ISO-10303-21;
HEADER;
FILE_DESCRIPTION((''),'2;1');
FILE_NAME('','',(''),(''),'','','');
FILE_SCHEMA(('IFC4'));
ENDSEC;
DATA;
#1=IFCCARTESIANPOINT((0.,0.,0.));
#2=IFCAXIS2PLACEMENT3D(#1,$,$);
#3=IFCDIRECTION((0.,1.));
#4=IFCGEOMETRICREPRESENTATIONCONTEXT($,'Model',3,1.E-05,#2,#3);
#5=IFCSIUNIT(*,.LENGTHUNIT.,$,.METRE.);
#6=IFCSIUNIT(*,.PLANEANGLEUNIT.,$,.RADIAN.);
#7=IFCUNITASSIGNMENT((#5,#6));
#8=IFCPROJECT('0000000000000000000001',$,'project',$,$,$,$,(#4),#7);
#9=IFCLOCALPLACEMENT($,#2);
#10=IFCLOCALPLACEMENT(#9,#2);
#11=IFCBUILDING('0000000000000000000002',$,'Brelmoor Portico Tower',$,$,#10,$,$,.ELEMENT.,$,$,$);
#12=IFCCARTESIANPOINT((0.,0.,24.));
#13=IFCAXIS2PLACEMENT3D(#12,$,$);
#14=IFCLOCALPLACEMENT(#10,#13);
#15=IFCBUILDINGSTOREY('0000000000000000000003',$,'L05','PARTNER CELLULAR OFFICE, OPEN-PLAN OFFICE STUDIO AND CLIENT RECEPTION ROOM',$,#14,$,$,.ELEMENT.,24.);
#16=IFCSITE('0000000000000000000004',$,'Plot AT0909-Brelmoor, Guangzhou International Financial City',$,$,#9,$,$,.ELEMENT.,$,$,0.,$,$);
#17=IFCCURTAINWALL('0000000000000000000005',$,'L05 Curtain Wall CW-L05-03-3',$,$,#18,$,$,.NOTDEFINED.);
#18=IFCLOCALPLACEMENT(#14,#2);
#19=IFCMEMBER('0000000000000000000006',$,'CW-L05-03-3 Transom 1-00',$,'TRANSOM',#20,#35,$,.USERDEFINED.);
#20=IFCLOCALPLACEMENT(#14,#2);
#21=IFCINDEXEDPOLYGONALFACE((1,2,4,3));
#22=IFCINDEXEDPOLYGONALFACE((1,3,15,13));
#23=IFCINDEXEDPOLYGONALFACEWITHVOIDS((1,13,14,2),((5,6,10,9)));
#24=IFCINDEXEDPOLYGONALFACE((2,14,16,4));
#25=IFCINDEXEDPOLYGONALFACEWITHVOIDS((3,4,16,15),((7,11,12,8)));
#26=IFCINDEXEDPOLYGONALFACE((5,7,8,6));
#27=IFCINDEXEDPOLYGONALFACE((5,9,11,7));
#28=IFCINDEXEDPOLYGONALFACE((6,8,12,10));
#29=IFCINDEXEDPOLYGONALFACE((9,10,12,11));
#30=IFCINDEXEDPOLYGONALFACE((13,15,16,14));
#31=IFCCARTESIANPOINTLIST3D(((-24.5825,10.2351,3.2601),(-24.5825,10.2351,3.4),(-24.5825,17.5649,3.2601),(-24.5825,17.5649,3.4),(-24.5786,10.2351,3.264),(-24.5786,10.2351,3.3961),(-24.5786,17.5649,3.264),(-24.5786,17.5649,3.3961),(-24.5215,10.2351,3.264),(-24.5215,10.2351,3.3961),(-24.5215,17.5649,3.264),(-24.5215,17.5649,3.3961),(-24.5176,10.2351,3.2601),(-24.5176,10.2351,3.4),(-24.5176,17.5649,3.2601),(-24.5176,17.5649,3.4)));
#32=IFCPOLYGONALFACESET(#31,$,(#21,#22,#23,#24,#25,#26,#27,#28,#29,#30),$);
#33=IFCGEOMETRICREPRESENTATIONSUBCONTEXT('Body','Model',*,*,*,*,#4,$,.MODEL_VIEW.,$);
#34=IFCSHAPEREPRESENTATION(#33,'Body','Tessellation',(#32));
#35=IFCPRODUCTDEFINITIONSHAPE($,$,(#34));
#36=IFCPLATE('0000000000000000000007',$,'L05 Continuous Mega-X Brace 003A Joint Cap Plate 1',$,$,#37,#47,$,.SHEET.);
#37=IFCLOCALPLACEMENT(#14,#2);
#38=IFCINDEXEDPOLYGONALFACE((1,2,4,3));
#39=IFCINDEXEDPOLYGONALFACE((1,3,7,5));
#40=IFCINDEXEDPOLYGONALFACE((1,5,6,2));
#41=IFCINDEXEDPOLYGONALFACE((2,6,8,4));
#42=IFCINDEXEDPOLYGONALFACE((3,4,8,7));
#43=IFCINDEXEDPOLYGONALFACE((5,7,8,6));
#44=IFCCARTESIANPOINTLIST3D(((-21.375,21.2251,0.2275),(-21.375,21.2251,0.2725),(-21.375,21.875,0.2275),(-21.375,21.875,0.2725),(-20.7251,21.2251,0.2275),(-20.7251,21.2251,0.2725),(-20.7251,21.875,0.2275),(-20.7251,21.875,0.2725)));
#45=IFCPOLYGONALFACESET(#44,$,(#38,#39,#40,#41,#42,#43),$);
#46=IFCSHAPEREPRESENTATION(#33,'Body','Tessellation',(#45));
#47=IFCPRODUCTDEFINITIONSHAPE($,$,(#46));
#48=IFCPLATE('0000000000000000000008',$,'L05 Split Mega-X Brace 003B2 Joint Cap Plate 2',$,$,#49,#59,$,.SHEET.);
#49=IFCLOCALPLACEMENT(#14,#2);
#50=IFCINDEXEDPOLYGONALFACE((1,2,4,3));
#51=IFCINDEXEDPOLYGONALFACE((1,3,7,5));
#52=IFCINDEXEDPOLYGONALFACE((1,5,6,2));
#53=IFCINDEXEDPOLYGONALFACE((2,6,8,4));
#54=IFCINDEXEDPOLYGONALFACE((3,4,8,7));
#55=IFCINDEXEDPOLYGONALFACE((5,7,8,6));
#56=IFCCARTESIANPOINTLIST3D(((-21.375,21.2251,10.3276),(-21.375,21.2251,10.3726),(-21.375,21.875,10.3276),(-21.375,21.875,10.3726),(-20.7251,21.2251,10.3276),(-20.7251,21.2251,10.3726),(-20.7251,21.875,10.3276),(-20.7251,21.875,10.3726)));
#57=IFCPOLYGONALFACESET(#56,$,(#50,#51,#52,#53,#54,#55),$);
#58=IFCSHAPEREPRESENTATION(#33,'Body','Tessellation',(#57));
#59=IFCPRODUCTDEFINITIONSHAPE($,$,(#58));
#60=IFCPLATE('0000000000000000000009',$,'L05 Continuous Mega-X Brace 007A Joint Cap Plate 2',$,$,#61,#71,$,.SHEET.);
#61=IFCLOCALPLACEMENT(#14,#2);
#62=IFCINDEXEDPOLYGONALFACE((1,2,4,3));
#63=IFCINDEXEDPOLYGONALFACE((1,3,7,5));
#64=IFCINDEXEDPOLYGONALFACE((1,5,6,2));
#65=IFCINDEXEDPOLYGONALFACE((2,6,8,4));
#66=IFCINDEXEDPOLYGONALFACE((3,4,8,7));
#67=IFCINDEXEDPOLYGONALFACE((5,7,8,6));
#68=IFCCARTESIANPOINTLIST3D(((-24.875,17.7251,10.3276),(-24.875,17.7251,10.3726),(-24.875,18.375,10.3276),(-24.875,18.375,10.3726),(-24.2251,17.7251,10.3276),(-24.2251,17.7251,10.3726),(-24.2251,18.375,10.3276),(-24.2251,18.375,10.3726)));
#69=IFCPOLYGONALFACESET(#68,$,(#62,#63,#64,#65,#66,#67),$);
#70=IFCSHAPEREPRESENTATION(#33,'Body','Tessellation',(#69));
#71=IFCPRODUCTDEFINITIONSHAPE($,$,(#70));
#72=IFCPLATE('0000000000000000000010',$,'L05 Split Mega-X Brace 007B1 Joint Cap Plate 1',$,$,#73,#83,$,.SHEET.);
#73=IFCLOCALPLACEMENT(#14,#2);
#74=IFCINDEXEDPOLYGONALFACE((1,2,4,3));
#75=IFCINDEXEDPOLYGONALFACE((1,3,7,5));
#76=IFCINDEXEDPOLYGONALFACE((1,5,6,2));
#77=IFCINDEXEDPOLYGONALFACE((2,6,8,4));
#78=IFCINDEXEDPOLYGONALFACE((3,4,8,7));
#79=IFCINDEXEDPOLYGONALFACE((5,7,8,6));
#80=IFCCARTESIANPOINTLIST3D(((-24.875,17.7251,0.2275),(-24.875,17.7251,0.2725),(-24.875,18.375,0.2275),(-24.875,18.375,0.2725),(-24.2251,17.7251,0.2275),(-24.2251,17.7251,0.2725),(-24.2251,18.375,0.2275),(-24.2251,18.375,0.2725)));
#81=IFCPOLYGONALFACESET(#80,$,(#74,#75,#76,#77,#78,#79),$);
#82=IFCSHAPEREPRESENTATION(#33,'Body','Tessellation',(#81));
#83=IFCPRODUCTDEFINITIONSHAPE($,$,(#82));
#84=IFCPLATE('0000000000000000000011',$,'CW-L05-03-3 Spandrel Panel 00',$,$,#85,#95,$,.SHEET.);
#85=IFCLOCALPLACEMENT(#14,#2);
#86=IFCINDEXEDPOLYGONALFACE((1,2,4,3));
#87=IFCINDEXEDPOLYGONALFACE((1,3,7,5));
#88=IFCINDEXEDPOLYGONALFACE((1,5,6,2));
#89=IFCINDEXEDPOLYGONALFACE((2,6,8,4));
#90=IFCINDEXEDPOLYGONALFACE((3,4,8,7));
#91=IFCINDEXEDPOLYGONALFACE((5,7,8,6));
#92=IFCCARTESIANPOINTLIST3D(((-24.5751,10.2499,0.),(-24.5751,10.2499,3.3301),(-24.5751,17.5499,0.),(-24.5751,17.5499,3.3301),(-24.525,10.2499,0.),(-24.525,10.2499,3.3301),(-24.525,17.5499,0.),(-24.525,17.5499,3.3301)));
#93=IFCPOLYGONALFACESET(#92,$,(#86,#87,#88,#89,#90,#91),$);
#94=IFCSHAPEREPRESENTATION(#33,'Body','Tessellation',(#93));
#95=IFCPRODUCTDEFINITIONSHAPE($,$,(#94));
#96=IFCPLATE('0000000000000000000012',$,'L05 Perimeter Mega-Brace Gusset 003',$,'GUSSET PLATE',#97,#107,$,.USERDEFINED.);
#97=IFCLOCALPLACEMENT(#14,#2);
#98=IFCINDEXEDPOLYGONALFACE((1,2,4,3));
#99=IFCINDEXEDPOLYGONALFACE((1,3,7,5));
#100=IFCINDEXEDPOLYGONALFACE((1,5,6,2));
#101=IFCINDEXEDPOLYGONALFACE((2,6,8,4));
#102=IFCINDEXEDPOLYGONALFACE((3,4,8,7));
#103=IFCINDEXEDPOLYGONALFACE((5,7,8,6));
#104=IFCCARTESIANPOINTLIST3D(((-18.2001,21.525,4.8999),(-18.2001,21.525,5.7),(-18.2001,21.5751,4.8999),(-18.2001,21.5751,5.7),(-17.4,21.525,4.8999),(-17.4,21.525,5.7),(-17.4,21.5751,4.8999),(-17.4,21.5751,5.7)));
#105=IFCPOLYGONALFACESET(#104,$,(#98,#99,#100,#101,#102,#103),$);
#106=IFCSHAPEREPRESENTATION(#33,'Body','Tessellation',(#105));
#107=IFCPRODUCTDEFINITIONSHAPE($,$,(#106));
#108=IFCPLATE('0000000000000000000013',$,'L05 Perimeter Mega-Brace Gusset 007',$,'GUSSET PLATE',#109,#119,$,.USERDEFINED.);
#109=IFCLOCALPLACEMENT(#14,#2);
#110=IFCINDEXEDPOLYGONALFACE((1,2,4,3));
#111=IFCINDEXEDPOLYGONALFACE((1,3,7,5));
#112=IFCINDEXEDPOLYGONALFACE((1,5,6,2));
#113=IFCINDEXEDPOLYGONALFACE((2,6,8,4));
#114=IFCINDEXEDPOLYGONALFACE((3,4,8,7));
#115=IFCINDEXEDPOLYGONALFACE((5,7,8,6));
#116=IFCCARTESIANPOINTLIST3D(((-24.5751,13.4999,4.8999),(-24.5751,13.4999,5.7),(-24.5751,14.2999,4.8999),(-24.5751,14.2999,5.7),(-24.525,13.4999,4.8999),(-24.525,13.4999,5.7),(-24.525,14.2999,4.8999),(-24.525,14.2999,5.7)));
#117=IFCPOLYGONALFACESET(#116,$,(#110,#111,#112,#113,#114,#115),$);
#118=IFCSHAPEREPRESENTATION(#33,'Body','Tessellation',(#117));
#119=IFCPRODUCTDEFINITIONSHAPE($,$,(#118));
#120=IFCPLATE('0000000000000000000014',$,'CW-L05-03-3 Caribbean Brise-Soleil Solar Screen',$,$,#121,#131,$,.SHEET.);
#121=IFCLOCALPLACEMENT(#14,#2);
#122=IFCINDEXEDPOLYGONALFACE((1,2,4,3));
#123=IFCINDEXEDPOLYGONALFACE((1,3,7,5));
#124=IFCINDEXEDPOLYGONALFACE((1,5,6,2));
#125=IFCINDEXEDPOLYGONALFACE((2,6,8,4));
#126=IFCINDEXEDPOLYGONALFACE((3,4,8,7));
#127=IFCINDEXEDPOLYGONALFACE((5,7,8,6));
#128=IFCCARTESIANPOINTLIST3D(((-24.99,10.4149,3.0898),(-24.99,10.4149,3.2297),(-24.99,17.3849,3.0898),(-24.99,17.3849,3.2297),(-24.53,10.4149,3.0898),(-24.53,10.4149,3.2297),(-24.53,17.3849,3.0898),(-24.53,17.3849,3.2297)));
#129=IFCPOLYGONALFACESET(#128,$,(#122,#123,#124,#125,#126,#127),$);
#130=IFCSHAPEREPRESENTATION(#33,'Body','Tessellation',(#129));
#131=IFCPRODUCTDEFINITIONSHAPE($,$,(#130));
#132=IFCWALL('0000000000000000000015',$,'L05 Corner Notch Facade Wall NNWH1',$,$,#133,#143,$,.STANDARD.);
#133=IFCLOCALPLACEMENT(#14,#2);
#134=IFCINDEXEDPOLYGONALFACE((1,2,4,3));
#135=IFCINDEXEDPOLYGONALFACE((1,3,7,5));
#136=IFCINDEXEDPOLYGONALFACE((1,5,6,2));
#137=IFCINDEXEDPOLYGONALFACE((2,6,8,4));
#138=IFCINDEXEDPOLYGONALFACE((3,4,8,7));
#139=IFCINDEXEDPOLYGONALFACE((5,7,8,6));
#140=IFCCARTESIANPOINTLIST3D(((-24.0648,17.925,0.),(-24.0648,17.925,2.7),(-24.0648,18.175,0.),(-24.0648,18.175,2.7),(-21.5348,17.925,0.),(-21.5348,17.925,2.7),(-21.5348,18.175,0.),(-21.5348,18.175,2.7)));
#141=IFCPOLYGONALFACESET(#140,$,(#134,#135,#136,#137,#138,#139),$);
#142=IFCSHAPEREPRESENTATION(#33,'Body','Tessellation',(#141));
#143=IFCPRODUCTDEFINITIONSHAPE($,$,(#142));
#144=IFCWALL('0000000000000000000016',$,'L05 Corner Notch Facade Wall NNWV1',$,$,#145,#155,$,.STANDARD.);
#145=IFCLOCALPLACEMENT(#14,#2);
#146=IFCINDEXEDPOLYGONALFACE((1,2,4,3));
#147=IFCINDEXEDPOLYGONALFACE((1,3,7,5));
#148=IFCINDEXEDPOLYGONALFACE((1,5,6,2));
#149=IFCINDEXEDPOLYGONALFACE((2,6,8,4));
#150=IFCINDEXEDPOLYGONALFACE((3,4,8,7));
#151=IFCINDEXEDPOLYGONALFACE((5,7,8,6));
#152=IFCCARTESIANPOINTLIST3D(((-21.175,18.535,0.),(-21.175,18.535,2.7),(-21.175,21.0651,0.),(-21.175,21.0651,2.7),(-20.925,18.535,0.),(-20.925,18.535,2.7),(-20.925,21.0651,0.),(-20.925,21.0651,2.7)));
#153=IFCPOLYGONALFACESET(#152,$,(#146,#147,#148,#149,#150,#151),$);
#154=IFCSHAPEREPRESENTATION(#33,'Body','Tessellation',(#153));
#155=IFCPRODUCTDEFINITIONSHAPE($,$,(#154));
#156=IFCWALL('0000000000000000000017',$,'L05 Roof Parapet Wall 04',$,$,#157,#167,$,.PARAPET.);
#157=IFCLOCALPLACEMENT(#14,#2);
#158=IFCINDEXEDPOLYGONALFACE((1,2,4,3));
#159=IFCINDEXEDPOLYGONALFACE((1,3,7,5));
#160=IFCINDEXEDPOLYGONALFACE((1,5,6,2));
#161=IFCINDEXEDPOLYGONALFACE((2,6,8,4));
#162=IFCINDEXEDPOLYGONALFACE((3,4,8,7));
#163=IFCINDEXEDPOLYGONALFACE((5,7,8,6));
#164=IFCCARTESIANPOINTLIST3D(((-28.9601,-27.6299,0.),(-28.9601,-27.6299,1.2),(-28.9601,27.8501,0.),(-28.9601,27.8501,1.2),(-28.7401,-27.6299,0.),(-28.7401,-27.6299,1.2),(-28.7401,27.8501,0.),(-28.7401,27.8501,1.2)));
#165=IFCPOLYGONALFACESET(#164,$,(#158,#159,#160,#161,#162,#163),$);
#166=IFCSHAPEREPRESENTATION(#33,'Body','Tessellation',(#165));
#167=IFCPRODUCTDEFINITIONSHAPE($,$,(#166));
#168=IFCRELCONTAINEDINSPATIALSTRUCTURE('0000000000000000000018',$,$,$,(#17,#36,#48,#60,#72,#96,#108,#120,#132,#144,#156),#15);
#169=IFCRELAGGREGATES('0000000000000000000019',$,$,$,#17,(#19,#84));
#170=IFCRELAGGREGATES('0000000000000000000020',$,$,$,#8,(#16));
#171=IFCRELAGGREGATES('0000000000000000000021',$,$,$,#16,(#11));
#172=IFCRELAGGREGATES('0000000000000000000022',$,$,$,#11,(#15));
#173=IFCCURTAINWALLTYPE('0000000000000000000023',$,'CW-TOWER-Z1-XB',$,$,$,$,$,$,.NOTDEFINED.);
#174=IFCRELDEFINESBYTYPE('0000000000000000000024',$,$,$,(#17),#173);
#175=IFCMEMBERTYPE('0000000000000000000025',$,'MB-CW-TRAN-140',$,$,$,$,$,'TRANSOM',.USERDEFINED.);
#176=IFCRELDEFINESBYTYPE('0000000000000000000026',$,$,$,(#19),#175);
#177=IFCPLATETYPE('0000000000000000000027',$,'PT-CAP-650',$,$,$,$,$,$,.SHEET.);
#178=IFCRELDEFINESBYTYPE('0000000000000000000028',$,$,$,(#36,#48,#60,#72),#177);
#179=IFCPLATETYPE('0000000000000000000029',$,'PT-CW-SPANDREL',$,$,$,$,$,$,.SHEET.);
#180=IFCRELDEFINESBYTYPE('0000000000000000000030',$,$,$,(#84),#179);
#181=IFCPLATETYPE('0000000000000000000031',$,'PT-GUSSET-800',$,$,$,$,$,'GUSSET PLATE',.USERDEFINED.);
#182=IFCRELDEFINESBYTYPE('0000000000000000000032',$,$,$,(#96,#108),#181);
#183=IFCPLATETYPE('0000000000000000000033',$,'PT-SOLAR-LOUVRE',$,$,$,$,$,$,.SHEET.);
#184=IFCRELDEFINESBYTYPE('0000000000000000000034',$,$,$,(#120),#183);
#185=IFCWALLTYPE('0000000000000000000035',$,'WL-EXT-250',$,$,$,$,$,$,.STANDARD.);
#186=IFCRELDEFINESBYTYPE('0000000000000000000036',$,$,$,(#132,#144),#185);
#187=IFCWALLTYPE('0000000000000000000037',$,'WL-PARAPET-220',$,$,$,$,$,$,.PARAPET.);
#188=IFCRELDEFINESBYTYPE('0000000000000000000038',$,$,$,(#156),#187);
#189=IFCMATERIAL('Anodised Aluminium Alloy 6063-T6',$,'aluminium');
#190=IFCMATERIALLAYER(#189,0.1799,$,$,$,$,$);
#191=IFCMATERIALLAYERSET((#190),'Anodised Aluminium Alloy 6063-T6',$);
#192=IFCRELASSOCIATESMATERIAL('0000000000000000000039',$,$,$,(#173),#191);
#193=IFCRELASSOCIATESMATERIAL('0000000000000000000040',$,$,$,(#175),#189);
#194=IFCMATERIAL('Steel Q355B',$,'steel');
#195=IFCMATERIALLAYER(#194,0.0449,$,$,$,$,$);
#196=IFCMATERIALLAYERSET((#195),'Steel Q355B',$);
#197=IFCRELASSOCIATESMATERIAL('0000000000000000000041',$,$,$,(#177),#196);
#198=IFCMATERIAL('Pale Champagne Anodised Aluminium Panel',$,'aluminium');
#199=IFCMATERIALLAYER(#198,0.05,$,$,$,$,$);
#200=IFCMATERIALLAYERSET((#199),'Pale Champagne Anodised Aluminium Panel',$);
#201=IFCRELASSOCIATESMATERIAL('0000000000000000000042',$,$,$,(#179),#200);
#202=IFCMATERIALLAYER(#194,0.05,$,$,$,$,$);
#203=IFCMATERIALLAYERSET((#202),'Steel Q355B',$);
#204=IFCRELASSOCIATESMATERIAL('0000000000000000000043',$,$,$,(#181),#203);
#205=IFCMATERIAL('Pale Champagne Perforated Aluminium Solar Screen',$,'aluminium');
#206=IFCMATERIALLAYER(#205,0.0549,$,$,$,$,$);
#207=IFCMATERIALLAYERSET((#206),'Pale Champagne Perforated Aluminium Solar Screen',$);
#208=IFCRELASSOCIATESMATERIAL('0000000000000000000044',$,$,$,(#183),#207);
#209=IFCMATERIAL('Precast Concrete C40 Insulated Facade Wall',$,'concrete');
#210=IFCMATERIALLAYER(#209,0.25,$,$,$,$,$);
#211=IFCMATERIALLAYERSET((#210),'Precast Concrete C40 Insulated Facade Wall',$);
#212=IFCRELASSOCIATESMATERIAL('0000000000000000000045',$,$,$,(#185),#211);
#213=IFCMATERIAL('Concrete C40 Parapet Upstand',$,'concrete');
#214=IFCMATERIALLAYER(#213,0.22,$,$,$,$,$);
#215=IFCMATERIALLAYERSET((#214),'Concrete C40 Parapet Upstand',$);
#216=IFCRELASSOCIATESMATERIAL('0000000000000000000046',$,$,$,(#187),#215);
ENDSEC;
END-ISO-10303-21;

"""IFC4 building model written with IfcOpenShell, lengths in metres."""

from ifc_helpers import new_model, si_unit, direction, frame, frame_2d, origin, origin_2d, place, context, subcontext, project, spatial, rectangle, hollow_rectangle, extrude, material, layer, layer_set, material_profile, profile_set, type_object, element, aggregate, save


model = new_model("IFC4")

# Units and contexts
model_context = context("Model", 3, precision=1e-05, world=origin(), true_north=direction((0.0, 1.0)))
body_context = subcontext(model_context, "Body", "Model", "MODEL_VIEW")
ifc_project = project(units=[si_unit("LENGTHUNIT", "METRE"), si_unit("PLANEANGLEUNIT", "RADIAN")], contexts=[model_context])

# Site, building, storey
site_placement = place(None, origin())
site = spatial("IfcSite", under=ifc_project, at=site_placement, Name="Plot AT0909-Brelmoor, Guangzhou International Financial City", CompositionType="ELEMENT", RefElevation=0.0)
building_placement = place(site_placement, origin())
building = spatial("IfcBuilding", under=site, at=building_placement, Name="Brelmoor Portico Tower", CompositionType="ELEMENT")
storey_placement = place(building_placement, frame((0.0, 0.0, 24.0)))
storey = spatial("IfcBuildingStorey", under=building, at=storey_placement, Name="L05", Description="PARTNER CELLULAR OFFICE, OPEN-PLAN OFFICE STUDIO AND CLIENT RECEPTION ROOM", CompositionType="ELEMENT", Elevation=24.0)

# Shared definitions
ifc_material_1 = material(Name="Steel Q355B", Category="steel")

# Shared definitions
ifc_material_2 = material(Name="Anodised Aluminium Alloy 6063-T6", Category="aluminium")
ifc_layer_1 = layer(ifc_material_2, 0.1799)
ifc_layer_set_1 = layer_set([ifc_layer_1], Name="Anodised Aluminium Alloy 6063-T6")
curtain_wall_type = type_object("IfcCurtainWallType", Name="CW-TOWER-Z1-XB", PredefinedType="NOTDEFINED", material=ifc_layer_set_1)

# Curtain wall
curtain_wall_1_placement = place(storey_placement, origin())
curtain_wall_1 = element("IfcCurtainWall", 1, at=curtain_wall_1_placement, inside=storey, type_object=curtain_wall_type, Name="L05 Curtain Wall CW-L05-03-3", PredefinedType="NOTDEFINED")

# Member
ifc_material_profile_1 = material_profile(ifc_material_2, hollow_rectangle(XDim=0.0649, YDim=0.1399, WallThickness=0.0039, at=origin_2d()), Name="ALU TRANSOM 65x140")
ifc_profile_set_1 = profile_set([ifc_material_profile_1], Name="Anodised Aluminium Alloy 6063-T6")
member_type_1 = type_object("IfcMemberType", Name="MB-CW-TRAN-140", ElementType="TRANSOM", PredefinedType="USERDEFINED", material=ifc_profile_set_1)
member_1_placement = place(storey_placement, frame((-24.55, 10.2351, 3.3301), z_axis=(0.0, 1.0, 0.0), x_axis=(-1.0, 0.0, 0.0)))
member_1 = element("IfcMember", 2, at=member_1_placement, type_object=member_type_1, Name="CW-L05-03-3 Transom 1-00", ObjectType="TRANSOM", PredefinedType="USERDEFINED", context=body_context, shape_type="SweptSolid", body=[
    extrude(hollow_rectangle(XDim=0.0649, YDim=0.1399, WallThickness=0.0039, at=origin_2d()), origin(), (0.0, 0.0, 1.0), 7.3298),
])

# Plates
ifc_layer_2 = layer(ifc_material_1, 0.0449)
ifc_layer_set_2 = layer_set([ifc_layer_2], Name="Steel Q355B")
plate_type_1 = type_object("IfcPlateType", Name="PT-CAP-650", PredefinedType="SHEET", material=ifc_layer_set_2)
for number, where, z_axis, x_axis, name in (
    (3, (-21.05, 21.55, 0.2275), (0.0, 0.0, 1.0), (1.0, 0.0, 0.0), "L05 Continuous Mega-X Brace 003A Joint Cap Plate 1"),
    (4, (-21.05, 21.55, 10.3276), (0.0, 0.0, 1.0), (1.0, 0.0, 0.0), "L05 Split Mega-X Brace 003B2 Joint Cap Plate 2"),
    (5, (-24.55, 18.05, 10.3276), (0.0, 0.0, 1.0), (1.0, 0.0, 0.0), "L05 Continuous Mega-X Brace 007A Joint Cap Plate 2"),
    (6, (-24.55, 18.05, 0.2275), (0.0, 0.0, 1.0), (1.0, 0.0, 0.0), "L05 Split Mega-X Brace 007B1 Joint Cap Plate 1"),
):
    element("IfcPlate", number, at=place(storey_placement, frame(where, z_axis=z_axis, x_axis=x_axis)), inside=storey, type_object=plate_type_1, Name=name, PredefinedType="SHEET", context=body_context, shape_type="SweptSolid", body=[
        extrude(rectangle(XDim=0.6499, YDim=0.6499, at=origin_2d()), origin(), (0.0, 0.0, 1.0), 0.0449),
    ])

# Plate
ifc_material_3 = material(Name="Pale Champagne Anodised Aluminium Panel", Category="aluminium")
ifc_layer_3 = layer(ifc_material_3, 0.05)
ifc_layer_set_3 = layer_set([ifc_layer_3], Name="Pale Champagne Anodised Aluminium Panel")
plate_type_2 = type_object("IfcPlateType", Name="PT-CW-SPANDREL", PredefinedType="SHEET", material=ifc_layer_set_3)
plate_1_placement = place(storey_placement, frame((-24.55, 13.8999, 0.0), z_axis=(0.0, 0.0, 1.0), x_axis=(0.0, 1.0, 0.0)))
plate_1 = element("IfcPlate", 7, at=plate_1_placement, type_object=plate_type_2, Name="CW-L05-03-3 Spandrel Panel 00", PredefinedType="SHEET", context=body_context, shape_type="SweptSolid", body=[
    extrude(rectangle(XDim=7.3, YDim=0.05, at=origin_2d()), origin(), (0.0, 0.0, 1.0), 3.3301),
])
aggregate(curtain_wall_1, [member_1, plate_1])

# Plates
ifc_layer_4 = layer(ifc_material_1, 0.05)
ifc_layer_set_4 = layer_set([ifc_layer_4], Name="Steel Q355B")
plate_type_3 = type_object("IfcPlateType", Name="PT-GUSSET-800", ElementType="GUSSET PLATE", PredefinedType="USERDEFINED", material=ifc_layer_set_4)
plate_2_placement = place(storey_placement, frame((-17.8, 21.55, 4.8999), z_axis=(0.0, 0.0, 1.0), x_axis=(1.0, 0.0, 0.0)))
element("IfcPlate", 8, at=plate_2_placement, inside=storey, type_object=plate_type_3, Name="L05 Perimeter Mega-Brace Gusset 003", ObjectType="GUSSET PLATE", PredefinedType="USERDEFINED", context=body_context, shape_type="SweptSolid", body=[
    extrude(rectangle(XDim=0.8, YDim=0.05, at=origin_2d()), origin(), (0.0, 0.0, 1.0), 0.8),
])
plate_3_placement = place(storey_placement, frame((-24.55, 13.8999, 4.8999), z_axis=(0.0, 0.0, 1.0), x_axis=(1.0, 0.0, 0.0)))
element("IfcPlate", 9, at=plate_3_placement, inside=storey, type_object=plate_type_3, Name="L05 Perimeter Mega-Brace Gusset 007", ObjectType="GUSSET PLATE", PredefinedType="USERDEFINED", context=body_context, shape_type="SweptSolid", body=[
    extrude(rectangle(XDim=0.05, YDim=0.8, at=origin_2d()), origin(), (0.0, 0.0, 1.0), 0.8),
])
ifc_material_4 = material(Name="Pale Champagne Perforated Aluminium Solar Screen", Category="aluminium")
ifc_layer_5 = layer(ifc_material_4, 0.0549)
ifc_layer_set_5 = layer_set([ifc_layer_5], Name="Pale Champagne Perforated Aluminium Solar Screen")
plate_type_4 = type_object("IfcPlateType", Name="PT-SOLAR-LOUVRE", PredefinedType="SHEET", material=ifc_layer_set_5)
plate_4_placement = place(storey_placement, frame((-24.76, 13.8999, 3.0898), z_axis=(0.0, 0.0, 1.0), x_axis=(0.0, 1.0, 0.0)))
element("IfcPlate", 10, at=plate_4_placement, inside=storey, type_object=plate_type_4, Name="CW-L05-03-3 Caribbean Brise-Soleil Solar Screen", PredefinedType="SHEET", context=body_context, shape_type="SweptSolid", body=[
    extrude(rectangle(XDim=6.97, YDim=0.46, at=origin_2d()), origin(), (0.0, 0.0, 1.0), 0.1399),
])

# Walls
ifc_material_5 = material(Name="Precast Concrete C40 Insulated Facade Wall", Category="concrete")
ifc_layer_6 = layer(ifc_material_5, 0.25)
ifc_layer_set_6 = layer_set([ifc_layer_6], Name="Precast Concrete C40 Insulated Facade Wall")
wall_type_1 = type_object("IfcWallType", Name="WL-EXT-250", PredefinedType="STANDARD", material=ifc_layer_set_6)
for number, where, z_axis, x_axis, name in (
    (11, (-24.0649, 18.05, 0.0), (0.0, 0.0, 1.0), (1.0, 0.0, 0.0), "L05 Corner Notch Facade Wall NNWH1"),
    (12, (-21.05, 18.5349, 0.0), (0.0, 0.0, 1.0), (0.0, 1.0, 0.0), "L05 Corner Notch Facade Wall NNWV1"),
):
    element("IfcWall", number, at=place(storey_placement, frame(where, z_axis=z_axis, x_axis=x_axis)), inside=storey, type_object=wall_type_1, Name=name, PredefinedType="STANDARD", context=body_context, shape_type="SweptSolid", body=[
        extrude(rectangle(XDim=2.53, YDim=0.25, at=frame_2d((1.2651, 0.0))), origin(), (0.0, 0.0, 1.0), 2.7),
    ])
ifc_material_6 = material(Name="Concrete C40 Parapet Upstand", Category="concrete")
ifc_layer_7 = layer(ifc_material_6, 0.22)
ifc_layer_set_7 = layer_set([ifc_layer_7], Name="Concrete C40 Parapet Upstand")
wall_type_2 = type_object("IfcWallType", Name="WL-PARAPET-220", PredefinedType="PARAPET", material=ifc_layer_set_7)
wall_1_placement = place(storey_placement, frame((-28.8501, 27.8501, 0.0), z_axis=(0.0, 0.0, 1.0), x_axis=(0.0, -1.0, 0.0)))
element("IfcWall", 13, at=wall_1_placement, inside=storey, type_object=wall_type_2, Name="L05 Roof Parapet Wall 04", PredefinedType="PARAPET", context=body_context, shape_type="SweptSolid", body=[
    extrude(rectangle(XDim=55.48, YDim=0.22, at=frame_2d((27.74, 0.0))), origin(), (0.0, 0.0, 1.0), 1.2),
])

save(model, "model.ifc")
